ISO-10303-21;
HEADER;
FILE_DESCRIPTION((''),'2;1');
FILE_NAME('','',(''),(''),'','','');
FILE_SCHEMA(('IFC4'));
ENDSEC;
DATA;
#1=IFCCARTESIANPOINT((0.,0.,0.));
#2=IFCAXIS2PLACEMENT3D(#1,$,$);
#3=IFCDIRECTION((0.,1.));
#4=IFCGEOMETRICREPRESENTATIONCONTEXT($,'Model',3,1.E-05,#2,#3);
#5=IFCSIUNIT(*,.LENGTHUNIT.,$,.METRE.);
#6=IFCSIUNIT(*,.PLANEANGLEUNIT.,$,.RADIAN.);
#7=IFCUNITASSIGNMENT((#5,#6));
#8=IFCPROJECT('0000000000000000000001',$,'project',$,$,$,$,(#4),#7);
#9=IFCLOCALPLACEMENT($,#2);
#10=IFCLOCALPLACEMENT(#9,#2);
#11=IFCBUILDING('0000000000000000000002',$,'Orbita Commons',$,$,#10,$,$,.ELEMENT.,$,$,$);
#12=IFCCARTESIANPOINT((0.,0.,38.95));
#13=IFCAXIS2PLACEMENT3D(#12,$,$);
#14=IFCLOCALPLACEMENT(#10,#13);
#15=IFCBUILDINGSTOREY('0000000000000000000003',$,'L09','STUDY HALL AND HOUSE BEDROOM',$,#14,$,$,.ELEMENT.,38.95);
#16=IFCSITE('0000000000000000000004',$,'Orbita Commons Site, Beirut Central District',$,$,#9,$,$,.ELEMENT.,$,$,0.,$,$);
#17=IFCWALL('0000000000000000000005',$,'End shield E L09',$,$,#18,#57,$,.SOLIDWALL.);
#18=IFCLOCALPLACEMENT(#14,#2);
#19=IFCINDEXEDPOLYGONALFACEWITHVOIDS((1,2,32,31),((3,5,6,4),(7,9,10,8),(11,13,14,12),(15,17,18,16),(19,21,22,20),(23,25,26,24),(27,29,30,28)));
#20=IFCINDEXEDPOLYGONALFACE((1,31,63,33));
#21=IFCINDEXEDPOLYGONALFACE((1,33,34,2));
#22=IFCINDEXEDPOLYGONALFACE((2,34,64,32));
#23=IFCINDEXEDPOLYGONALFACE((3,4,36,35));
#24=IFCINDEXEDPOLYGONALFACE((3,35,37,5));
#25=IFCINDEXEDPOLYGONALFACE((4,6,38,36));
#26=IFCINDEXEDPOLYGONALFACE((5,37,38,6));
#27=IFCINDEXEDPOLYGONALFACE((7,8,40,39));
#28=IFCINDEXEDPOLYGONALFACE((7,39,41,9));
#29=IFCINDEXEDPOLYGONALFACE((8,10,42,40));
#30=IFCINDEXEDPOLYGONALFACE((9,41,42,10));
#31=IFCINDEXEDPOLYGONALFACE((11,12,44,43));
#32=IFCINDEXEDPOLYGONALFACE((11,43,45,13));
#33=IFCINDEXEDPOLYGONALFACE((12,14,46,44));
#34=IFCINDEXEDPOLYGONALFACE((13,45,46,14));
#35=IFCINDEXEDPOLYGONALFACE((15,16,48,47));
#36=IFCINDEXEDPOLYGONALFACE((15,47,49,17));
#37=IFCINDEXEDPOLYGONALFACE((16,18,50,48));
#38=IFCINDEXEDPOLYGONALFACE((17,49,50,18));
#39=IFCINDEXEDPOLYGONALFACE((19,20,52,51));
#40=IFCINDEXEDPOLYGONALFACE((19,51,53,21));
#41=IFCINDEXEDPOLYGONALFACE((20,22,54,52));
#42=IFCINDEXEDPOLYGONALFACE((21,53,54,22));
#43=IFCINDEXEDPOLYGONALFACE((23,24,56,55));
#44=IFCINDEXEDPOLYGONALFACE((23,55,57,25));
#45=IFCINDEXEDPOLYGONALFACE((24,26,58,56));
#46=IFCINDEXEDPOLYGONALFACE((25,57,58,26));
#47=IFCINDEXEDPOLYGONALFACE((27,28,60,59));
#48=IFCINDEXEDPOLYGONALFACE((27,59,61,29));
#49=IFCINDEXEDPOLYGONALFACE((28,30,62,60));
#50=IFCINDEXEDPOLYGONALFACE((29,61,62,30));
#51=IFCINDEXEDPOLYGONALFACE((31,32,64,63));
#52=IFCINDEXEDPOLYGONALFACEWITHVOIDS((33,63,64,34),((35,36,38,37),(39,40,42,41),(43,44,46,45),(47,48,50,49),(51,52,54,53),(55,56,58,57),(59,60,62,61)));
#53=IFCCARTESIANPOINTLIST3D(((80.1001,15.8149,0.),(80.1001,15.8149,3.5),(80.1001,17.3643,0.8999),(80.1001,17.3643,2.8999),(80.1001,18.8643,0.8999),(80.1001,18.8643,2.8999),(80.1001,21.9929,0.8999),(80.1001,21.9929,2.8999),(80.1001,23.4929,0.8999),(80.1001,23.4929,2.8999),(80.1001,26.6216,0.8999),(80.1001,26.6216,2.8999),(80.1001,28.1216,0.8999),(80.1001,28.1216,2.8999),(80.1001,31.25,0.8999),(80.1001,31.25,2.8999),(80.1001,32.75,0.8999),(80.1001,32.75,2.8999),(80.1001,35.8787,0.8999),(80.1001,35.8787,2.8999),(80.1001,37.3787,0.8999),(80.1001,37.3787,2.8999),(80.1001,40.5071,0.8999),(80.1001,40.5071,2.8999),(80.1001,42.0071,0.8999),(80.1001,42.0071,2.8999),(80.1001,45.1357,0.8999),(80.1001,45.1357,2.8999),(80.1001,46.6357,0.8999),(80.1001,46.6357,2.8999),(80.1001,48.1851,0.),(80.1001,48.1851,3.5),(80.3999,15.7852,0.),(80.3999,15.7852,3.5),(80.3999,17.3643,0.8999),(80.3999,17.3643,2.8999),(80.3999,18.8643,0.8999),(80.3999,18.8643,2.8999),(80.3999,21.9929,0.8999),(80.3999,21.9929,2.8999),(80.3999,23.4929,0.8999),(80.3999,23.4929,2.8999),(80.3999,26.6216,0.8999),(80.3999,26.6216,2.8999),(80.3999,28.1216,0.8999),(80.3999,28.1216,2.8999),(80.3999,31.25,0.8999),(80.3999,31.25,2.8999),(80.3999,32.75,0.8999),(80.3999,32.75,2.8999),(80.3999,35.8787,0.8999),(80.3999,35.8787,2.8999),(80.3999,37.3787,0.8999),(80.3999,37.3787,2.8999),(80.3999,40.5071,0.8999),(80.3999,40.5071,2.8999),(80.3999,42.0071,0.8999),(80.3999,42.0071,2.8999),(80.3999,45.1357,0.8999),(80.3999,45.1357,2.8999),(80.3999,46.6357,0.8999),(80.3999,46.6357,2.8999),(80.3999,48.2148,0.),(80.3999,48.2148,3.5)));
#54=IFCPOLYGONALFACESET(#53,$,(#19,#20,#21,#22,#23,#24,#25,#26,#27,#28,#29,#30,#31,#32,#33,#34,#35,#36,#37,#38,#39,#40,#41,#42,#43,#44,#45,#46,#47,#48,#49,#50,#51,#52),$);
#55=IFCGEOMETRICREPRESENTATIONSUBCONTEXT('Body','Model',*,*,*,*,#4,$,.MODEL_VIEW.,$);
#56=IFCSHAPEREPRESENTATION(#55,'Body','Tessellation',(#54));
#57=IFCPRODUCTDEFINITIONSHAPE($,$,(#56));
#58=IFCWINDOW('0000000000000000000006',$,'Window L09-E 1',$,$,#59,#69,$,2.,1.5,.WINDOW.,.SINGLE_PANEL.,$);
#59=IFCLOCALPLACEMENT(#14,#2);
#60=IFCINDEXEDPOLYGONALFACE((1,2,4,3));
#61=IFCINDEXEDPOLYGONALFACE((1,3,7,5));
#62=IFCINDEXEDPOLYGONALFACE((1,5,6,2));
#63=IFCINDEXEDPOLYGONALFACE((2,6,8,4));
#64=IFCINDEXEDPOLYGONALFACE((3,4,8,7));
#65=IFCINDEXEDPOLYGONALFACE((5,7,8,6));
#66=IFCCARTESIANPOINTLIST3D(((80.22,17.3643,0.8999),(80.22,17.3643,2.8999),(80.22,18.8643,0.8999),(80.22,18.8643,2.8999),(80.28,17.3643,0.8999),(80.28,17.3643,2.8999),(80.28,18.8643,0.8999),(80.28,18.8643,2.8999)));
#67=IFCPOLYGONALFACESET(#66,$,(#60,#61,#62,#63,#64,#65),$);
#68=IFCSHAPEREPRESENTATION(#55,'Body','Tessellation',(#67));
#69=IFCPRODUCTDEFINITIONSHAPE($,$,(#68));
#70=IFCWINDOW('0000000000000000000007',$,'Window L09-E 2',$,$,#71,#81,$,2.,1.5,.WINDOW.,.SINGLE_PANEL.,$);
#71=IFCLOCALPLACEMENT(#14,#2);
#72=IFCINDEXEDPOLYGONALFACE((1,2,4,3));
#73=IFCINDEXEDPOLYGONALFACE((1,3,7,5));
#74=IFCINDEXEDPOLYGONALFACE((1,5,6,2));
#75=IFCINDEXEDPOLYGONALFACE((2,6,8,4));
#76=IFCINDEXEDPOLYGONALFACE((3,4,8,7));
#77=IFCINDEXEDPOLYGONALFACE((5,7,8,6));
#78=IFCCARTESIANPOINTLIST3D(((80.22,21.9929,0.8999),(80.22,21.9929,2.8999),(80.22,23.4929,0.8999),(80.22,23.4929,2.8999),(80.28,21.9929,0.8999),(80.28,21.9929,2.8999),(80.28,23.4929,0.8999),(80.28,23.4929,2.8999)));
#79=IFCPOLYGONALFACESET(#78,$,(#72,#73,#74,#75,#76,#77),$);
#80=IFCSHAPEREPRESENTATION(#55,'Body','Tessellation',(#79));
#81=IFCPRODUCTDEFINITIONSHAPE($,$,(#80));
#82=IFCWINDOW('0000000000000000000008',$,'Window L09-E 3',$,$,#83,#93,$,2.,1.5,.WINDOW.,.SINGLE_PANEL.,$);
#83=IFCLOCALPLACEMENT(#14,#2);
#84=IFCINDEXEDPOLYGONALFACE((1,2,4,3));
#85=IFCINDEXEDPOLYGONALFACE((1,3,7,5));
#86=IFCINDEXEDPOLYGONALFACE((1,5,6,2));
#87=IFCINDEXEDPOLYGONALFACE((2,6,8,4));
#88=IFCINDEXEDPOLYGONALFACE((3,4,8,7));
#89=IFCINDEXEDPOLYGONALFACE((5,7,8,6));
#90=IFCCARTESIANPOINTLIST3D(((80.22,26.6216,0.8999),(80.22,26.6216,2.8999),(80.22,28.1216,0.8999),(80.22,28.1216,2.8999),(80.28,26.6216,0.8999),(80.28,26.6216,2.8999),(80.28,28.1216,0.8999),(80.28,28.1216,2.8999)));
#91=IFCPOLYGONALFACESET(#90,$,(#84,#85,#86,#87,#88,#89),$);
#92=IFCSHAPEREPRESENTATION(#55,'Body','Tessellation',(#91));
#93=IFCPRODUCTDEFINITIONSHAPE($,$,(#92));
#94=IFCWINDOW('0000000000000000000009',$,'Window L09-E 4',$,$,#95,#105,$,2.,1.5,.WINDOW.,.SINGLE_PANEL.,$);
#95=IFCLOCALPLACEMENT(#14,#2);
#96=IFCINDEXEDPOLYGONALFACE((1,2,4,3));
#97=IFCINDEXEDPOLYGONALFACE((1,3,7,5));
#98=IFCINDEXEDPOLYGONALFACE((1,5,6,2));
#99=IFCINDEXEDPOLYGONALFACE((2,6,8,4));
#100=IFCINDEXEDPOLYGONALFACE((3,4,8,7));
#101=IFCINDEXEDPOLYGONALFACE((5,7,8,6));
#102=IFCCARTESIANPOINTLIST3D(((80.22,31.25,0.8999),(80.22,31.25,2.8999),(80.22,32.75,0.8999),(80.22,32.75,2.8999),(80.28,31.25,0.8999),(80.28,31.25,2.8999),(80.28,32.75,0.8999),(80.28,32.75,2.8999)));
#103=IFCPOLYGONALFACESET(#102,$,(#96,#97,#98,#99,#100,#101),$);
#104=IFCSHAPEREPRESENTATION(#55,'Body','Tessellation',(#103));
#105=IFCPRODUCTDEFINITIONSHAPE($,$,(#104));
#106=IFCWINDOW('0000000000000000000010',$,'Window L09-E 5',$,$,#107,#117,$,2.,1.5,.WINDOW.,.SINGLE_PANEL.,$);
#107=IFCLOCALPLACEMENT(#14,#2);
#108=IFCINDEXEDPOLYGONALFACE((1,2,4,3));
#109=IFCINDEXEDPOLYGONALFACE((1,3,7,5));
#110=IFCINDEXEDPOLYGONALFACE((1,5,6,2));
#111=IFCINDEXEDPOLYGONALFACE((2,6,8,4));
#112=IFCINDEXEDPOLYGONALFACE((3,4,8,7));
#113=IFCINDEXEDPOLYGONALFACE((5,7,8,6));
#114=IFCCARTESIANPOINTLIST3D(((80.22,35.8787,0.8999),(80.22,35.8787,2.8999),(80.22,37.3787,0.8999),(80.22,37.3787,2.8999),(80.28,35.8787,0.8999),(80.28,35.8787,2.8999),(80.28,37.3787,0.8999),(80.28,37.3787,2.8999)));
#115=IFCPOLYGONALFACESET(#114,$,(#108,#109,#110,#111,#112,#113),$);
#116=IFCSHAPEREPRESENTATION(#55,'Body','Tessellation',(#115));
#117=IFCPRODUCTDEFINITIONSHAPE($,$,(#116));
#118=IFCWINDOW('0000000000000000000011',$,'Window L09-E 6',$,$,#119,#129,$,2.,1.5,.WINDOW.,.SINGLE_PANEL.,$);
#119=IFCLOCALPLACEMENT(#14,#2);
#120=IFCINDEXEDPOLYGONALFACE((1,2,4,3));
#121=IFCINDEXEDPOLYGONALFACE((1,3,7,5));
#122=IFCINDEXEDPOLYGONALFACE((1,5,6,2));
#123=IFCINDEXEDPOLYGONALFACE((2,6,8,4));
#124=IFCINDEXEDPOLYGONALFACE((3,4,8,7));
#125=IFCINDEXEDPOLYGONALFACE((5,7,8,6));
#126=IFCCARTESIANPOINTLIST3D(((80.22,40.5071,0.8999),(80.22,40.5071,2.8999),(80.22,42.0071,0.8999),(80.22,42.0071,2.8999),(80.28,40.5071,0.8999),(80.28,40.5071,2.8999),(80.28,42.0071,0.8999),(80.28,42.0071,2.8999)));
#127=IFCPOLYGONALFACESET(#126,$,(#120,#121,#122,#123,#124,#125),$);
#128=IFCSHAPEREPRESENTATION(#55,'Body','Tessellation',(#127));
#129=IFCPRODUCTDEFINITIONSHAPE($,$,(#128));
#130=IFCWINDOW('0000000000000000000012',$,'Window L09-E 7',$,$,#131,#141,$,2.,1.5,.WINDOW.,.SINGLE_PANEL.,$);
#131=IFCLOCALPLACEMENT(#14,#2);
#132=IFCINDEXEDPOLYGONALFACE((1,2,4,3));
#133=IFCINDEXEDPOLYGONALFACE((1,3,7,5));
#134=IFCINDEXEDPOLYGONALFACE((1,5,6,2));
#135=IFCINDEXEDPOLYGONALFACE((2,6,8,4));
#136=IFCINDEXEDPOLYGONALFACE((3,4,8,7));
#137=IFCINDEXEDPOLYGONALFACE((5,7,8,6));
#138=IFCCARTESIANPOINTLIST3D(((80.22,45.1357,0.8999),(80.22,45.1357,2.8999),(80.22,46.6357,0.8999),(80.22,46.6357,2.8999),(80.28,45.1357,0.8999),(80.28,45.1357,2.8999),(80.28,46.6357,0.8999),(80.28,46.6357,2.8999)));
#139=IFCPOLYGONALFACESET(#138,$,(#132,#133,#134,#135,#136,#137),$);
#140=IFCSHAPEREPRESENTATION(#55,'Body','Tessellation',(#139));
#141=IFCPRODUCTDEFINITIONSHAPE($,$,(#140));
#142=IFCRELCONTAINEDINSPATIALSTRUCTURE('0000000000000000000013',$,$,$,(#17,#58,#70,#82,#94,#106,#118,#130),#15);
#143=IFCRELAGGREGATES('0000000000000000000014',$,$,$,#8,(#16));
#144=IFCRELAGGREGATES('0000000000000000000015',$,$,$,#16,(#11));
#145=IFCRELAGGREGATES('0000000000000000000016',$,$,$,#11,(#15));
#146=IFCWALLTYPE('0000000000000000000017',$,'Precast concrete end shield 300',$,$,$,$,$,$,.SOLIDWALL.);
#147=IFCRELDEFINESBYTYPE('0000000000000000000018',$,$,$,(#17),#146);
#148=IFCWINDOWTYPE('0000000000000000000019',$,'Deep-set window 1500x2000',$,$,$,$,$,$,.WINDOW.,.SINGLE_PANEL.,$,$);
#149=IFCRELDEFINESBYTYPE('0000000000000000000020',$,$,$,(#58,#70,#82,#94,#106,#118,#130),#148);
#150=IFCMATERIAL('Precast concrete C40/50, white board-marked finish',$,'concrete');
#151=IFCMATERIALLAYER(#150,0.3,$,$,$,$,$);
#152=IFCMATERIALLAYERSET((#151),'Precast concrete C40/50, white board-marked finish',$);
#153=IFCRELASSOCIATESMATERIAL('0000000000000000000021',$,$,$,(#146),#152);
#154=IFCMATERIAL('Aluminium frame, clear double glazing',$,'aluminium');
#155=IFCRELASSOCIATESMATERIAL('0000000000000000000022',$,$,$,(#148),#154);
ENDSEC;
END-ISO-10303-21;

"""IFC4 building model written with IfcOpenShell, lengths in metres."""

from ifc_helpers import new_model, si_unit, direction, frame, frame_2d, origin, place, context, subcontext, project, spatial, polyline, rectangle, outline, extrude, material, layer, layer_set, type_object, element, fill, save


model = new_model("IFC4")

# Units and contexts
model_context = context("Model", 3, precision=1e-05, world=origin(), true_north=direction((0.0, 1.0)))
body_context = subcontext(model_context, "Body", "Model", "MODEL_VIEW")
ifc_project = project(units=[si_unit("LENGTHUNIT", "METRE"), si_unit("PLANEANGLEUNIT", "RADIAN")], contexts=[model_context])

# Site, building, storey
site_placement = place(None, origin())
site = spatial("IfcSite", under=ifc_project, at=site_placement, Name="Orbita Commons Site, Beirut Central District", CompositionType="ELEMENT", RefElevation=0.0)
building_placement = place(site_placement, origin())
building = spatial("IfcBuilding", under=site, at=building_placement, Name="Orbita Commons", CompositionType="ELEMENT")
storey_placement = place(building_placement, frame((0.0, 0.0, 38.95)))
storey = spatial("IfcBuildingStorey", under=building, at=storey_placement, Name="L09", Description="STUDY HALL AND HOUSE BEDROOM", CompositionType="ELEMENT", Elevation=38.95)

# Wall, openings, windows
ifc_material_1 = material(Name="Precast concrete C40/50, white board-marked finish", Category="concrete")
ifc_layer_1 = layer(ifc_material_1, 0.3)
ifc_layer_set_1 = layer_set([ifc_layer_1], Name="Precast concrete C40/50, white board-marked finish")
wall_type_1 = type_object("IfcWallType", Name="Precast concrete end shield 300", PredefinedType="SOLIDWALL", material=ifc_layer_set_1)
wall_1_placement = place(storey_placement, frame((80.25, 15.8, 0.0), z_axis=(0.0, 0.0, 1.0), x_axis=(0.0, 1.0, 0.0)))
wall_1 = element("IfcWall", 1, at=wall_1_placement, inside=storey, type_object=wall_type_1, Name="End shield E L09", PredefinedType="SOLIDWALL", context=body_context, shape_type="SweptSolid", body=[
    extrude(outline(polyline([(-0.0149, -0.1499), (32.4148, -0.1499), (32.385, 0.1499), (0.0149, 0.1499), (-0.0149, -0.1499)])), origin(), (0.0, 0.0, 1.0), 3.5),
])
opening_1_placement = place(wall_1_placement, frame((1.5642, 0.0, 0.8999)))
opening_1 = element("IfcOpeningElement", 2, at=opening_1_placement, cuts=wall_1, PredefinedType="OPENING", context=body_context, shape_type="SweptSolid", body=[
    extrude(rectangle(XDim=1.5, YDim=2.0, at=frame_2d((0.75, 1.0))), frame((0.0, 0.1599, 0.0), z_axis=(0.0, -1.0, 0.0), x_axis=(1.0, 0.0, 0.0)), (0.0, 0.0, 1.0), 0.3201),
])
opening_2_placement = place(wall_1_placement, frame((6.1929, 0.0, 0.8999)))
opening_2 = element("IfcOpeningElement", 3, at=opening_2_placement, cuts=wall_1, PredefinedType="OPENING", context=body_context, shape_type="SweptSolid", body=[
    extrude(rectangle(XDim=1.5, YDim=2.0, at=frame_2d((0.75, 1.0))), frame((0.0, 0.1599, 0.0), z_axis=(0.0, -1.0, 0.0), x_axis=(1.0, 0.0, 0.0)), (0.0, 0.0, 1.0), 0.3201),
])
opening_3_placement = place(wall_1_placement, frame((10.8215, 0.0, 0.8999)))
opening_3 = element("IfcOpeningElement", 4, at=opening_3_placement, cuts=wall_1, PredefinedType="OPENING", context=body_context, shape_type="SweptSolid", body=[
    extrude(rectangle(XDim=1.5, YDim=2.0, at=frame_2d((0.75, 1.0))), frame((0.0, 0.1599, 0.0), z_axis=(0.0, -1.0, 0.0), x_axis=(1.0, 0.0, 0.0)), (0.0, 0.0, 1.0), 0.3201),
])
opening_4_placement = place(wall_1_placement, frame((15.45, 0.0, 0.8999)))
opening_4 = element("IfcOpeningElement", 5, at=opening_4_placement, cuts=wall_1, PredefinedType="OPENING", context=body_context, shape_type="SweptSolid", body=[
    extrude(rectangle(XDim=1.5, YDim=2.0, at=frame_2d((0.75, 1.0))), frame((0.0, 0.1599, 0.0), z_axis=(0.0, -1.0, 0.0), x_axis=(1.0, 0.0, 0.0)), (0.0, 0.0, 1.0), 0.3201),
])
opening_5_placement = place(wall_1_placement, frame((20.0786, 0.0, 0.8999)))
opening_5 = element("IfcOpeningElement", 6, at=opening_5_placement, cuts=wall_1, PredefinedType="OPENING", context=body_context, shape_type="SweptSolid", body=[
    extrude(rectangle(XDim=1.5, YDim=2.0, at=frame_2d((0.75, 1.0))), frame((0.0, 0.1599, 0.0), z_axis=(0.0, -1.0, 0.0), x_axis=(1.0, 0.0, 0.0)), (0.0, 0.0, 1.0), 0.3201),
])
opening_6_placement = place(wall_1_placement, frame((24.707, 0.0, 0.8999)))
opening_6 = element("IfcOpeningElement", 7, at=opening_6_placement, cuts=wall_1, PredefinedType="OPENING", context=body_context, shape_type="SweptSolid", body=[
    extrude(rectangle(XDim=1.5, YDim=2.0, at=frame_2d((0.75, 1.0))), frame((0.0, 0.1599, 0.0), z_axis=(0.0, -1.0, 0.0), x_axis=(1.0, 0.0, 0.0)), (0.0, 0.0, 1.0), 0.3201),
])
opening_7_placement = place(wall_1_placement, frame((29.3357, 0.0, 0.8999)))
opening_7 = element("IfcOpeningElement", 8, at=opening_7_placement, cuts=wall_1, PredefinedType="OPENING", context=body_context, shape_type="SweptSolid", body=[
    extrude(rectangle(XDim=1.5, YDim=2.0, at=frame_2d((0.75, 1.0))), frame((0.0, 0.1599, 0.0), z_axis=(0.0, -1.0, 0.0), x_axis=(1.0, 0.0, 0.0)), (0.0, 0.0, 1.0), 0.3201),
])
ifc_material_2 = material(Name="Aluminium frame, clear double glazing", Category="aluminium")
window_type = type_object("IfcWindowType", Name="Deep-set window 1500x2000", PartitioningType="SINGLE_PANEL", PredefinedType="WINDOW", material=ifc_material_2)
window_1_placement = place(opening_1_placement, origin())
window_1 = element("IfcWindow", 9, at=window_1_placement, inside=storey, type_object=window_type, Name="Window L09-E 1", OverallHeight=2.0, OverallWidth=1.5, PartitioningType="SINGLE_PANEL", PredefinedType="WINDOW", context=body_context, shape_type="SweptSolid", body=[
    extrude(rectangle(XDim=1.5, YDim=2.0, at=frame_2d((0.75, 1.0))), frame((0.0, 0.03, 0.0), z_axis=(0.0, -1.0, 0.0), x_axis=(1.0, 0.0, 0.0)), (0.0, 0.0, 1.0), 0.0601),
])
fill(opening_1, window_1)
window_2_placement = place(opening_2_placement, origin())
window_2 = element("IfcWindow", 10, at=window_2_placement, inside=storey, type_object=window_type, Name="Window L09-E 2", OverallHeight=2.0, OverallWidth=1.5, PartitioningType="SINGLE_PANEL", PredefinedType="WINDOW", context=body_context, shape_type="SweptSolid", body=[
    extrude(rectangle(XDim=1.5, YDim=2.0, at=frame_2d((0.75, 1.0))), frame((0.0, 0.03, 0.0), z_axis=(0.0, -1.0, 0.0), x_axis=(1.0, 0.0, 0.0)), (0.0, 0.0, 1.0), 0.0601),
])
fill(opening_2, window_2)
window_3_placement = place(opening_3_placement, origin())
window_3 = element("IfcWindow", 11, at=window_3_placement, inside=storey, type_object=window_type, Name="Window L09-E 3", OverallHeight=2.0, OverallWidth=1.5, PartitioningType="SINGLE_PANEL", PredefinedType="WINDOW", context=body_context, shape_type="SweptSolid", body=[
    extrude(rectangle(XDim=1.5, YDim=2.0, at=frame_2d((0.75, 1.0))), frame((0.0, 0.03, 0.0), z_axis=(0.0, -1.0, 0.0), x_axis=(1.0, 0.0, 0.0)), (0.0, 0.0, 1.0), 0.0601),
])
fill(opening_3, window_3)
window_4_placement = place(opening_4_placement, origin())
window_4 = element("IfcWindow", 12, at=window_4_placement, inside=storey, type_object=window_type, Name="Window L09-E 4", OverallHeight=2.0, OverallWidth=1.5, PartitioningType="SINGLE_PANEL", PredefinedType="WINDOW", context=body_context, shape_type="SweptSolid", body=[
    extrude(rectangle(XDim=1.5, YDim=2.0, at=frame_2d((0.75, 1.0))), frame((0.0, 0.03, 0.0), z_axis=(0.0, -1.0, 0.0), x_axis=(1.0, 0.0, 0.0)), (0.0, 0.0, 1.0), 0.0601),
])
fill(opening_4, window_4)
window_5_placement = place(opening_5_placement, origin())
window_5 = element("IfcWindow", 13, at=window_5_placement, inside=storey, type_object=window_type, Name="Window L09-E 5", OverallHeight=2.0, OverallWidth=1.5, PartitioningType="SINGLE_PANEL", PredefinedType="WINDOW", context=body_context, shape_type="SweptSolid", body=[
    extrude(rectangle(XDim=1.5, YDim=2.0, at=frame_2d((0.75, 1.0))), frame((0.0, 0.03, 0.0), z_axis=(0.0, -1.0, 0.0), x_axis=(1.0, 0.0, 0.0)), (0.0, 0.0, 1.0), 0.0601),
])
fill(opening_5, window_5)
window_6_placement = place(opening_6_placement, origin())
window_6 = element("IfcWindow", 14, at=window_6_placement, inside=storey, type_object=window_type, Name="Window L09-E 6", OverallHeight=2.0, OverallWidth=1.5, PartitioningType="SINGLE_PANEL", PredefinedType="WINDOW", context=body_context, shape_type="SweptSolid", body=[
    extrude(rectangle(XDim=1.5, YDim=2.0, at=frame_2d((0.75, 1.0))), frame((0.0, 0.03, 0.0), z_axis=(0.0, -1.0, 0.0), x_axis=(1.0, 0.0, 0.0)), (0.0, 0.0, 1.0), 0.0601),
])
fill(opening_6, window_6)
window_7_placement = place(opening_7_placement, origin())
window_7 = element("IfcWindow", 15, at=window_7_placement, inside=storey, type_object=window_type, Name="Window L09-E 7", OverallHeight=2.0, OverallWidth=1.5, PartitioningType="SINGLE_PANEL", PredefinedType="WINDOW", context=body_context, shape_type="SweptSolid", body=[
    extrude(rectangle(XDim=1.5, YDim=2.0, at=frame_2d((0.75, 1.0))), frame((0.0, 0.03, 0.0), z_axis=(0.0, -1.0, 0.0), x_axis=(1.0, 0.0, 0.0)), (0.0, 0.0, 1.0), 0.0601),
])
fill(opening_7, window_7)

save(model, "model.ifc")
